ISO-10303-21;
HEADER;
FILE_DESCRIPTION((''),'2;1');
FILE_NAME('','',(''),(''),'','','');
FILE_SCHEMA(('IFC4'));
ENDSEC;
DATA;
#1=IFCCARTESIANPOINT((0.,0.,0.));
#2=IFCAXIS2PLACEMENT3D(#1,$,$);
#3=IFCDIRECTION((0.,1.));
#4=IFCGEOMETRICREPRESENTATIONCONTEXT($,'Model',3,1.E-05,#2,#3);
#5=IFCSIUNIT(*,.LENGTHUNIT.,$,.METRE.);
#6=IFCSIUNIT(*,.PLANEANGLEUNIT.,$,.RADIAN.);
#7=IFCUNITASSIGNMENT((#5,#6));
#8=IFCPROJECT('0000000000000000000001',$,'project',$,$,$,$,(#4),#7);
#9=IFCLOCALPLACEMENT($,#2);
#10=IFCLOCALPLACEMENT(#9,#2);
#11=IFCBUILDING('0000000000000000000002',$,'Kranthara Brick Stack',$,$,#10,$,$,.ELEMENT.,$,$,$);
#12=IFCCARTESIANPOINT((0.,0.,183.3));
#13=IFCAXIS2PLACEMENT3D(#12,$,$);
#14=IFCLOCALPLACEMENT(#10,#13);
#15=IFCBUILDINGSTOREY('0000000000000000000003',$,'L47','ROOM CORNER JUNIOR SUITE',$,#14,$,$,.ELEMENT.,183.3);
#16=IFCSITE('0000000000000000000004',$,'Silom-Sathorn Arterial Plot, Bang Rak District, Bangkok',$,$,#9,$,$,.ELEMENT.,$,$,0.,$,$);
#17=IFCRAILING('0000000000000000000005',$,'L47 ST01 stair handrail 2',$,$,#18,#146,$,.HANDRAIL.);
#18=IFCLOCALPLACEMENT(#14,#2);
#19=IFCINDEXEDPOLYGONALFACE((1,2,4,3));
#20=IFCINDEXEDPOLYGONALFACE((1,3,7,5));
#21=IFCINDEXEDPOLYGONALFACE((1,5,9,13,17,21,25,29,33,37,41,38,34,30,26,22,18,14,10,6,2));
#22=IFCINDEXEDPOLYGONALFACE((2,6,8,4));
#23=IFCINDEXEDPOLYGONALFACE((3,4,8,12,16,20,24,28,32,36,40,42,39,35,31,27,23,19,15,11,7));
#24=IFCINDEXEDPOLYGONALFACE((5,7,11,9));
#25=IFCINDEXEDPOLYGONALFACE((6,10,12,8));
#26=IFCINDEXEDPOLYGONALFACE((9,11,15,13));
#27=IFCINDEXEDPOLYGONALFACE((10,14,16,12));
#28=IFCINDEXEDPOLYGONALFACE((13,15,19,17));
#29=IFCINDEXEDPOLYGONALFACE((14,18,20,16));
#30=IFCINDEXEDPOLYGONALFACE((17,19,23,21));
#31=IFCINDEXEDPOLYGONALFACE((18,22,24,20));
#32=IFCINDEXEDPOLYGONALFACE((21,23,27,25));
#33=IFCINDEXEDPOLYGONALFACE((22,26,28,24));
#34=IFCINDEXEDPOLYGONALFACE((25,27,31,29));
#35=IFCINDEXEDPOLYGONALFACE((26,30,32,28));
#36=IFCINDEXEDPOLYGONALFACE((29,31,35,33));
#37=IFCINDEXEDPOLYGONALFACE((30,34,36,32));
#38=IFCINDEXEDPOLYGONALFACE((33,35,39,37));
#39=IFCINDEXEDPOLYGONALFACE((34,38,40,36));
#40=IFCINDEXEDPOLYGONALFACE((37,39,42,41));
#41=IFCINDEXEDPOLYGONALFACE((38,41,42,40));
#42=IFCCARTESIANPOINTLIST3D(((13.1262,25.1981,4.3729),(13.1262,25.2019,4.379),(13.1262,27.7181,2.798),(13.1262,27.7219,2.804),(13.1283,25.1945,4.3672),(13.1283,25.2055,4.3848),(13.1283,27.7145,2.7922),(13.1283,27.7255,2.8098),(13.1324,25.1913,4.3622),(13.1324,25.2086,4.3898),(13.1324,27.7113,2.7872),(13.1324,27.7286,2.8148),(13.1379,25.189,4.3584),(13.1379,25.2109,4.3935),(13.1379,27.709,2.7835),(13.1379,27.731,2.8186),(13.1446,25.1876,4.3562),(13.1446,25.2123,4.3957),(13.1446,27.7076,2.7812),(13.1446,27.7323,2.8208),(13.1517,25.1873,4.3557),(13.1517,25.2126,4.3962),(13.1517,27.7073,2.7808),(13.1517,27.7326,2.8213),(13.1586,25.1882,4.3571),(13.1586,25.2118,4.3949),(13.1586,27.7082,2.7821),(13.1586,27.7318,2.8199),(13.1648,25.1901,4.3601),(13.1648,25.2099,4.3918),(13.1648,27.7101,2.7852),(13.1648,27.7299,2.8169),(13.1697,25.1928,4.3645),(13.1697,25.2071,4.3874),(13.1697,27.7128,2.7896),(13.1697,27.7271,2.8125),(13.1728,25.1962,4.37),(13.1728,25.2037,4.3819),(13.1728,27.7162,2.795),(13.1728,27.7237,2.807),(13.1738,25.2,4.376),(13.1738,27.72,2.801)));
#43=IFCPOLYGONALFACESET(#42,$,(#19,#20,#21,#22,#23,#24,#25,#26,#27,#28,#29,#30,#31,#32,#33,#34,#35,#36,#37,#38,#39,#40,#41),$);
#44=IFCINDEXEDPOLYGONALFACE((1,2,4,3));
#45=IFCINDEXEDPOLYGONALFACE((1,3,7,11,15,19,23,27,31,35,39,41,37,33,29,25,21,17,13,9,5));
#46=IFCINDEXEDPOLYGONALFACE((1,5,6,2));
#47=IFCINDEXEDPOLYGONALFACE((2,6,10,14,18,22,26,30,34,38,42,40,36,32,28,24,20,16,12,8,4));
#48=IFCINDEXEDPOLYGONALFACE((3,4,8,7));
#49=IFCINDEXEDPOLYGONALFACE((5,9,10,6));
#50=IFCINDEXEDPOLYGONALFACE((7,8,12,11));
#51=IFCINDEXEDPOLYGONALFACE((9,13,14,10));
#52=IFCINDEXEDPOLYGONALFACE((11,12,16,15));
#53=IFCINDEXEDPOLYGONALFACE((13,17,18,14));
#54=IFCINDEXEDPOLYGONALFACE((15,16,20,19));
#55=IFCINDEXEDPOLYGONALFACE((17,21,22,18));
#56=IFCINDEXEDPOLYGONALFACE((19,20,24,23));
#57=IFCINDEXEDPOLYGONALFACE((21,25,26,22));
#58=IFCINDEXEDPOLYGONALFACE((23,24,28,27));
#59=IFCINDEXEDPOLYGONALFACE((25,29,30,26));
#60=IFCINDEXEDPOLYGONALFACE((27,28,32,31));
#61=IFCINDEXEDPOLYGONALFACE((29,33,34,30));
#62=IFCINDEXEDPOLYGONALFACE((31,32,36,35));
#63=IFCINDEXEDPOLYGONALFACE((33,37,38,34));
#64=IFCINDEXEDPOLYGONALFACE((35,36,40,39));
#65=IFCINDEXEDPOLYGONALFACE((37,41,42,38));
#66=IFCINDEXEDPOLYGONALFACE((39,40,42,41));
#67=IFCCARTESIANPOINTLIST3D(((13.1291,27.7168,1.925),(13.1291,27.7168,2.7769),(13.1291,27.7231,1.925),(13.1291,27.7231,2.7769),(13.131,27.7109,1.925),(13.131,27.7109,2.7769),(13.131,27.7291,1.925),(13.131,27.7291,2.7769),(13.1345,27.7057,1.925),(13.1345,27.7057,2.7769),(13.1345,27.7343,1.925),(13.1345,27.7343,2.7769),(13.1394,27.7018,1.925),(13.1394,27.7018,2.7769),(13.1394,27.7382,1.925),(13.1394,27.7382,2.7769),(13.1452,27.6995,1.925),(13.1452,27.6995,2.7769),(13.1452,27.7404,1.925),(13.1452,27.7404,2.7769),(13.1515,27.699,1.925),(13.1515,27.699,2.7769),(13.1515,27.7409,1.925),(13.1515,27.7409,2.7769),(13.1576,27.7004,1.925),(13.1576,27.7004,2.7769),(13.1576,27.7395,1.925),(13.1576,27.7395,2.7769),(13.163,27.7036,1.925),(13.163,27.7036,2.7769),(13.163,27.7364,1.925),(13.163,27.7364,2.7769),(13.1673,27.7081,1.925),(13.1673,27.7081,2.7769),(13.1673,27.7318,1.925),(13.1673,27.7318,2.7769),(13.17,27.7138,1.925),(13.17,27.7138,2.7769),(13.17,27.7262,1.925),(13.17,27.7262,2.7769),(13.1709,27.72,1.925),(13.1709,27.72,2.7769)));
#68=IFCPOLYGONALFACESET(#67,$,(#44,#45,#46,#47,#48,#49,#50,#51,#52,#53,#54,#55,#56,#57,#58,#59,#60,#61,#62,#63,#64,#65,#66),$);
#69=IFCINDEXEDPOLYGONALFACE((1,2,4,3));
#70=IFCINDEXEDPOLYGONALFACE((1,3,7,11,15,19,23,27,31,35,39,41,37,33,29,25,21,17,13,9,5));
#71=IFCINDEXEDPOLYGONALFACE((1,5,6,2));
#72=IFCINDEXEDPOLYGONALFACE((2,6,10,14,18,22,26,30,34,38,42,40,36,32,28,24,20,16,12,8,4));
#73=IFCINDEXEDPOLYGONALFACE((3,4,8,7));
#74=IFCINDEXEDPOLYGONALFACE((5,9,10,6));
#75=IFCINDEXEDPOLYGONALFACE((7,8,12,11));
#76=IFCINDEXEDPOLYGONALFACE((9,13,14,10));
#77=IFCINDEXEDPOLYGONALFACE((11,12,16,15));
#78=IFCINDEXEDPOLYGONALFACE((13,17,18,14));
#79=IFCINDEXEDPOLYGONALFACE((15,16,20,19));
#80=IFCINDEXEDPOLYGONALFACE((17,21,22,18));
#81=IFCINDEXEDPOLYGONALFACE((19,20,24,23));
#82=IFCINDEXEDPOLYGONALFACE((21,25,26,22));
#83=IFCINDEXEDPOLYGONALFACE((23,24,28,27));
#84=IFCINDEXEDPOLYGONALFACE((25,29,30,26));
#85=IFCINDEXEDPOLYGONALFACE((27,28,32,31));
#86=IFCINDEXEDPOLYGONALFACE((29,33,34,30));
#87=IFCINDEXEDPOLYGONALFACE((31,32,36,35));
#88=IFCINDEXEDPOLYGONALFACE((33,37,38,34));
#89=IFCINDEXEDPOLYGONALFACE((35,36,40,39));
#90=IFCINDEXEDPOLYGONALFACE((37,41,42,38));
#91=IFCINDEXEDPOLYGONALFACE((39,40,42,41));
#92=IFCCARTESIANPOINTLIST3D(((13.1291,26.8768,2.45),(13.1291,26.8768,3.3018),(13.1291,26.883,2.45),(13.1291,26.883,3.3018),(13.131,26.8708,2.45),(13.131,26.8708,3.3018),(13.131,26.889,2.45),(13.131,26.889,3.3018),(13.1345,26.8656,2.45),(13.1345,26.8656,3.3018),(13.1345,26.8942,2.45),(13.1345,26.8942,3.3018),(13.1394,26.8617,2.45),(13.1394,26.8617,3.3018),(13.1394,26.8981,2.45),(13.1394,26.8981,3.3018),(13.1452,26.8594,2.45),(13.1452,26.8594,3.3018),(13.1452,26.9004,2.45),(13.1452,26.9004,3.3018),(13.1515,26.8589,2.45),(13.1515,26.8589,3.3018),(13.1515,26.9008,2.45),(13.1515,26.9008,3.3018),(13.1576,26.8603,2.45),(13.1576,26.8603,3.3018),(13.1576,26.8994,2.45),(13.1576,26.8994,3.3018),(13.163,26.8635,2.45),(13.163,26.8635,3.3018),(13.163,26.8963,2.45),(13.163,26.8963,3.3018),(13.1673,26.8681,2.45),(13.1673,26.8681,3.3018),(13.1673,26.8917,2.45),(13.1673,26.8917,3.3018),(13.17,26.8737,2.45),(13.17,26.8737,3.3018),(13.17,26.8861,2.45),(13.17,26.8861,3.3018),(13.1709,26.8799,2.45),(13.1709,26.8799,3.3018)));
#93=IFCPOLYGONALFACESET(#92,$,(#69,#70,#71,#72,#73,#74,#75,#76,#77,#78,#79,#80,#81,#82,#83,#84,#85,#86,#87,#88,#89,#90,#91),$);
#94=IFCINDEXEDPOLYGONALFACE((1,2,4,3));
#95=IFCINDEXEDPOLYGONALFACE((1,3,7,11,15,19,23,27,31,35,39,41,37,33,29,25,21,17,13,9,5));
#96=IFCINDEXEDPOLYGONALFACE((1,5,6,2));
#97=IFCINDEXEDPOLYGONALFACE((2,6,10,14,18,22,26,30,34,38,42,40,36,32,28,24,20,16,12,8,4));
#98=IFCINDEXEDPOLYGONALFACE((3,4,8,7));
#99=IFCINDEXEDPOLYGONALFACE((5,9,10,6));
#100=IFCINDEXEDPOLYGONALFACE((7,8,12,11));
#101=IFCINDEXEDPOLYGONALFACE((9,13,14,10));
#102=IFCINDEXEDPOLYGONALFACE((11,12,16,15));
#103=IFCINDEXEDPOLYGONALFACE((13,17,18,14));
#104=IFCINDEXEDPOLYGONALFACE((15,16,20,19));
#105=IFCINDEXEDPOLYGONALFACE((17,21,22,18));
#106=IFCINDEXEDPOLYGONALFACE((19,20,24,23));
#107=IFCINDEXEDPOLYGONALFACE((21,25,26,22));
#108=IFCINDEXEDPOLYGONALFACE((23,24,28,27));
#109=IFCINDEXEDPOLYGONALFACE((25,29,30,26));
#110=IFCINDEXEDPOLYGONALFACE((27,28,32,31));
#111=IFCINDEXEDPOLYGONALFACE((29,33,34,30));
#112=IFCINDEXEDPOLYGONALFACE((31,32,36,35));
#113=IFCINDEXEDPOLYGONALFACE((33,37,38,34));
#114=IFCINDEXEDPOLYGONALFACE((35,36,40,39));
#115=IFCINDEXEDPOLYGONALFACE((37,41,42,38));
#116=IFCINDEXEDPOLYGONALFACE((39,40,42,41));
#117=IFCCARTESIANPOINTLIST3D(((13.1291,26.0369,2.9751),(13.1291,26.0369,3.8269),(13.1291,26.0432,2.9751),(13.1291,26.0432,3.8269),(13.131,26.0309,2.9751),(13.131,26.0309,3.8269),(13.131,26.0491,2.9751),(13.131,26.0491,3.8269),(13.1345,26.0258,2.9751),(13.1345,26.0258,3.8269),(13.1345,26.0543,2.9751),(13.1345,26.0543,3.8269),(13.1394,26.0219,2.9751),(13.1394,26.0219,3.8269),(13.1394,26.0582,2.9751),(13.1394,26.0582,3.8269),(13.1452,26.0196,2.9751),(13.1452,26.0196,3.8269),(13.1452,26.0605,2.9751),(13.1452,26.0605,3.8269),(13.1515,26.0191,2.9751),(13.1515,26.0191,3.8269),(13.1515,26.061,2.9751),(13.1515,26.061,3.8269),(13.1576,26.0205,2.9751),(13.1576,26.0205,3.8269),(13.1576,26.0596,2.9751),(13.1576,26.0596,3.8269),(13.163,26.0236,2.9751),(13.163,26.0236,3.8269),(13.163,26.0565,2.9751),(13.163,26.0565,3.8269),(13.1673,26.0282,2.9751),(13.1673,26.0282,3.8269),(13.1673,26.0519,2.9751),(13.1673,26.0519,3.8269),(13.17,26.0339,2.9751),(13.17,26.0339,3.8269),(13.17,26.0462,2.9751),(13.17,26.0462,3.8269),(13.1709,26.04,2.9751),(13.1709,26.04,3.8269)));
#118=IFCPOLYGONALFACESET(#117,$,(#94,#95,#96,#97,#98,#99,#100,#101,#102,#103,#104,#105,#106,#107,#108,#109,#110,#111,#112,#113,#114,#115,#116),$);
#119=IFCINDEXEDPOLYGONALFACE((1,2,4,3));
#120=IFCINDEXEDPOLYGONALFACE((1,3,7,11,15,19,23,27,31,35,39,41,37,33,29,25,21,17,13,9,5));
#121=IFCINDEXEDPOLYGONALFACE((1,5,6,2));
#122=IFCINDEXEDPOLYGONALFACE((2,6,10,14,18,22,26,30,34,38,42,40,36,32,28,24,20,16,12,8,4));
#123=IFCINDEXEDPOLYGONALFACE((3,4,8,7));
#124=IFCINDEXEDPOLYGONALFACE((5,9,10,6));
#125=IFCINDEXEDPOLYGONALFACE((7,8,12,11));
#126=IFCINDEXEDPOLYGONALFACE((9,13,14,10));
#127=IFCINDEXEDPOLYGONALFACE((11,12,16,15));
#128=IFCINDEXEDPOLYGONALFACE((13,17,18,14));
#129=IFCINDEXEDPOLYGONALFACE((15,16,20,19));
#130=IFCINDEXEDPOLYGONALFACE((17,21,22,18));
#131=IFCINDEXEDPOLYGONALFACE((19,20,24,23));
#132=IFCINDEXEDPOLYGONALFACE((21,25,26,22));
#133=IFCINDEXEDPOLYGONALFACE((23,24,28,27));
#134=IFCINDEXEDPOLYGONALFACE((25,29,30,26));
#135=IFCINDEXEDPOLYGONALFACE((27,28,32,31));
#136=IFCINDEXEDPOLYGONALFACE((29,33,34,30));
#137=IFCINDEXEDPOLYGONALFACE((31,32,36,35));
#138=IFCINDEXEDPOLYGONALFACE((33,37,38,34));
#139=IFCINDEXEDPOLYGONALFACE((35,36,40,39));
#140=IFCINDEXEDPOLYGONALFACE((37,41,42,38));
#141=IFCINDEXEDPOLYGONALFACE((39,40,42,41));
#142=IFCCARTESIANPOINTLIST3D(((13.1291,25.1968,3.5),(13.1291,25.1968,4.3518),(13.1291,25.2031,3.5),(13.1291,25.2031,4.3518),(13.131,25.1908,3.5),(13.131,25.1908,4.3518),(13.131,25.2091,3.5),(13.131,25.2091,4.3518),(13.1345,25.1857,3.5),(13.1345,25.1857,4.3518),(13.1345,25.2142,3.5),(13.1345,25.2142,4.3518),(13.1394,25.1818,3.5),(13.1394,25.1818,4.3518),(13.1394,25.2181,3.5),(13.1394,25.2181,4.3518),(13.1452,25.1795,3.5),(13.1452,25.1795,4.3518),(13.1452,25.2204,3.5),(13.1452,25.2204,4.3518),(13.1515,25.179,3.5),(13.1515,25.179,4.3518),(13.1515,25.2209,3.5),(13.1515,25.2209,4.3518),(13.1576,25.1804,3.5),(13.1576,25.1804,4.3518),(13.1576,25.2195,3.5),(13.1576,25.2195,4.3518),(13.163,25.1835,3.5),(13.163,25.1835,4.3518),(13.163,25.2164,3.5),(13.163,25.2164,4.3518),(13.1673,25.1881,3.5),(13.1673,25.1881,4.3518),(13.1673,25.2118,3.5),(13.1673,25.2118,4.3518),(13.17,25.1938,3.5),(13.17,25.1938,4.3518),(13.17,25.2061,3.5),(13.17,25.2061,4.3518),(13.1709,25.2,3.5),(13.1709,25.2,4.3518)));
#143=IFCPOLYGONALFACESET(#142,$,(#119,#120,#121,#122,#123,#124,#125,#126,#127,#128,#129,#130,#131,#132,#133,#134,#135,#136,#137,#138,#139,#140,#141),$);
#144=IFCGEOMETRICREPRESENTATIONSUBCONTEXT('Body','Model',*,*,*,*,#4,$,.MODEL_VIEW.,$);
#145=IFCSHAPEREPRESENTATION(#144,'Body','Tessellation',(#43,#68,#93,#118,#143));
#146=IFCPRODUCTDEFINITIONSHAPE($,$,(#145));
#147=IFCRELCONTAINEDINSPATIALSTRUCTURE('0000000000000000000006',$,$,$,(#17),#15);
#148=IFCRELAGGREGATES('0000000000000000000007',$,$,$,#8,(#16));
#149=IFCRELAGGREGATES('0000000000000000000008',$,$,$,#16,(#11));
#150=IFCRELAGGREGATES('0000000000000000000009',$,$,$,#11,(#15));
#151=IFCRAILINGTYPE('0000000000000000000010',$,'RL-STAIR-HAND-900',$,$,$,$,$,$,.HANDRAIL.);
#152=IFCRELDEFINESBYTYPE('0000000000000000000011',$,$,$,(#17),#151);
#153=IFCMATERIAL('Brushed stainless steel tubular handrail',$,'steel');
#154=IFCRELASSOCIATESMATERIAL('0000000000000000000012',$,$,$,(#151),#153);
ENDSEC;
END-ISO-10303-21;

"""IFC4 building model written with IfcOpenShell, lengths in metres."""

from ifc_helpers import new_model, si_unit, direction, frame, origin, origin_2d, place, context, subcontext, project, spatial, circle, extrude, material, type_object, element, save


model = new_model("IFC4")

# Units and contexts
model_context = context("Model", 3, precision=1e-05, world=origin(), true_north=direction((0.0, 1.0)))
body_context = subcontext(model_context, "Body", "Model", "MODEL_VIEW")
ifc_project = project(units=[si_unit("LENGTHUNIT", "METRE"), si_unit("PLANEANGLEUNIT", "RADIAN")], contexts=[model_context])

# Site, building, storey
site_placement = place(None, origin())
site = spatial("IfcSite", under=ifc_project, at=site_placement, Name="Silom-Sathorn Arterial Plot, Bang Rak District, Bangkok", CompositionType="ELEMENT", RefElevation=0.0)
building_placement = place(site_placement, origin())
building = spatial("IfcBuilding", under=site, at=building_placement, Name="Kranthara Brick Stack", CompositionType="ELEMENT")
storey_placement = place(building_placement, frame((0.0, 0.0, 183.3)))
storey = spatial("IfcBuildingStorey", under=building, at=storey_placement, Name="L47", Description="ROOM CORNER JUNIOR SUITE", CompositionType="ELEMENT", Elevation=183.3)

# Railing
ifc_material_1 = material(Name="Brushed stainless steel tubular handrail", Category="steel")
railing_type_1 = type_object("IfcRailingType", Name="RL-STAIR-HAND-900", PredefinedType="HANDRAIL", material=ifc_material_1)
railing_1_placement = place(storey_placement, frame((13.1499, 27.72, 1.925)))
element("IfcRailing", 1, at=railing_1_placement, inside=storey, type_object=railing_type_1, Name="L47 ST01 stair handrail 2", PredefinedType="HANDRAIL", context=body_context, shape_type="SweptSolid", body=[
    extrude(circle(Radius=0.0239, at=origin_2d()), frame((0.0, 0.0, 0.876), z_axis=(0.0, -0.848008, 0.529984), x_axis=(1.0, 0.0, 0.0)), (0.0, 0.0, 1.0), 2.9717),
    extrude(circle(Radius=0.021, at=origin_2d()), origin(), (0.0, 0.0, 1.0), 0.8518),
    extrude(circle(Radius=0.021, at=origin_2d()), frame((0.0, -0.8401, 0.5249)), (0.0, 0.0, 1.0), 0.8518),
    extrude(circle(Radius=0.021, at=origin_2d()), frame((0.0, -1.6799, 1.05)), (0.0, 0.0, 1.0), 0.8518),
    extrude(circle(Radius=0.021, at=origin_2d()), frame((0.0, -2.52, 1.575)), (0.0, 0.0, 1.0), 0.8518),
])

save(model, "model.ifc")
